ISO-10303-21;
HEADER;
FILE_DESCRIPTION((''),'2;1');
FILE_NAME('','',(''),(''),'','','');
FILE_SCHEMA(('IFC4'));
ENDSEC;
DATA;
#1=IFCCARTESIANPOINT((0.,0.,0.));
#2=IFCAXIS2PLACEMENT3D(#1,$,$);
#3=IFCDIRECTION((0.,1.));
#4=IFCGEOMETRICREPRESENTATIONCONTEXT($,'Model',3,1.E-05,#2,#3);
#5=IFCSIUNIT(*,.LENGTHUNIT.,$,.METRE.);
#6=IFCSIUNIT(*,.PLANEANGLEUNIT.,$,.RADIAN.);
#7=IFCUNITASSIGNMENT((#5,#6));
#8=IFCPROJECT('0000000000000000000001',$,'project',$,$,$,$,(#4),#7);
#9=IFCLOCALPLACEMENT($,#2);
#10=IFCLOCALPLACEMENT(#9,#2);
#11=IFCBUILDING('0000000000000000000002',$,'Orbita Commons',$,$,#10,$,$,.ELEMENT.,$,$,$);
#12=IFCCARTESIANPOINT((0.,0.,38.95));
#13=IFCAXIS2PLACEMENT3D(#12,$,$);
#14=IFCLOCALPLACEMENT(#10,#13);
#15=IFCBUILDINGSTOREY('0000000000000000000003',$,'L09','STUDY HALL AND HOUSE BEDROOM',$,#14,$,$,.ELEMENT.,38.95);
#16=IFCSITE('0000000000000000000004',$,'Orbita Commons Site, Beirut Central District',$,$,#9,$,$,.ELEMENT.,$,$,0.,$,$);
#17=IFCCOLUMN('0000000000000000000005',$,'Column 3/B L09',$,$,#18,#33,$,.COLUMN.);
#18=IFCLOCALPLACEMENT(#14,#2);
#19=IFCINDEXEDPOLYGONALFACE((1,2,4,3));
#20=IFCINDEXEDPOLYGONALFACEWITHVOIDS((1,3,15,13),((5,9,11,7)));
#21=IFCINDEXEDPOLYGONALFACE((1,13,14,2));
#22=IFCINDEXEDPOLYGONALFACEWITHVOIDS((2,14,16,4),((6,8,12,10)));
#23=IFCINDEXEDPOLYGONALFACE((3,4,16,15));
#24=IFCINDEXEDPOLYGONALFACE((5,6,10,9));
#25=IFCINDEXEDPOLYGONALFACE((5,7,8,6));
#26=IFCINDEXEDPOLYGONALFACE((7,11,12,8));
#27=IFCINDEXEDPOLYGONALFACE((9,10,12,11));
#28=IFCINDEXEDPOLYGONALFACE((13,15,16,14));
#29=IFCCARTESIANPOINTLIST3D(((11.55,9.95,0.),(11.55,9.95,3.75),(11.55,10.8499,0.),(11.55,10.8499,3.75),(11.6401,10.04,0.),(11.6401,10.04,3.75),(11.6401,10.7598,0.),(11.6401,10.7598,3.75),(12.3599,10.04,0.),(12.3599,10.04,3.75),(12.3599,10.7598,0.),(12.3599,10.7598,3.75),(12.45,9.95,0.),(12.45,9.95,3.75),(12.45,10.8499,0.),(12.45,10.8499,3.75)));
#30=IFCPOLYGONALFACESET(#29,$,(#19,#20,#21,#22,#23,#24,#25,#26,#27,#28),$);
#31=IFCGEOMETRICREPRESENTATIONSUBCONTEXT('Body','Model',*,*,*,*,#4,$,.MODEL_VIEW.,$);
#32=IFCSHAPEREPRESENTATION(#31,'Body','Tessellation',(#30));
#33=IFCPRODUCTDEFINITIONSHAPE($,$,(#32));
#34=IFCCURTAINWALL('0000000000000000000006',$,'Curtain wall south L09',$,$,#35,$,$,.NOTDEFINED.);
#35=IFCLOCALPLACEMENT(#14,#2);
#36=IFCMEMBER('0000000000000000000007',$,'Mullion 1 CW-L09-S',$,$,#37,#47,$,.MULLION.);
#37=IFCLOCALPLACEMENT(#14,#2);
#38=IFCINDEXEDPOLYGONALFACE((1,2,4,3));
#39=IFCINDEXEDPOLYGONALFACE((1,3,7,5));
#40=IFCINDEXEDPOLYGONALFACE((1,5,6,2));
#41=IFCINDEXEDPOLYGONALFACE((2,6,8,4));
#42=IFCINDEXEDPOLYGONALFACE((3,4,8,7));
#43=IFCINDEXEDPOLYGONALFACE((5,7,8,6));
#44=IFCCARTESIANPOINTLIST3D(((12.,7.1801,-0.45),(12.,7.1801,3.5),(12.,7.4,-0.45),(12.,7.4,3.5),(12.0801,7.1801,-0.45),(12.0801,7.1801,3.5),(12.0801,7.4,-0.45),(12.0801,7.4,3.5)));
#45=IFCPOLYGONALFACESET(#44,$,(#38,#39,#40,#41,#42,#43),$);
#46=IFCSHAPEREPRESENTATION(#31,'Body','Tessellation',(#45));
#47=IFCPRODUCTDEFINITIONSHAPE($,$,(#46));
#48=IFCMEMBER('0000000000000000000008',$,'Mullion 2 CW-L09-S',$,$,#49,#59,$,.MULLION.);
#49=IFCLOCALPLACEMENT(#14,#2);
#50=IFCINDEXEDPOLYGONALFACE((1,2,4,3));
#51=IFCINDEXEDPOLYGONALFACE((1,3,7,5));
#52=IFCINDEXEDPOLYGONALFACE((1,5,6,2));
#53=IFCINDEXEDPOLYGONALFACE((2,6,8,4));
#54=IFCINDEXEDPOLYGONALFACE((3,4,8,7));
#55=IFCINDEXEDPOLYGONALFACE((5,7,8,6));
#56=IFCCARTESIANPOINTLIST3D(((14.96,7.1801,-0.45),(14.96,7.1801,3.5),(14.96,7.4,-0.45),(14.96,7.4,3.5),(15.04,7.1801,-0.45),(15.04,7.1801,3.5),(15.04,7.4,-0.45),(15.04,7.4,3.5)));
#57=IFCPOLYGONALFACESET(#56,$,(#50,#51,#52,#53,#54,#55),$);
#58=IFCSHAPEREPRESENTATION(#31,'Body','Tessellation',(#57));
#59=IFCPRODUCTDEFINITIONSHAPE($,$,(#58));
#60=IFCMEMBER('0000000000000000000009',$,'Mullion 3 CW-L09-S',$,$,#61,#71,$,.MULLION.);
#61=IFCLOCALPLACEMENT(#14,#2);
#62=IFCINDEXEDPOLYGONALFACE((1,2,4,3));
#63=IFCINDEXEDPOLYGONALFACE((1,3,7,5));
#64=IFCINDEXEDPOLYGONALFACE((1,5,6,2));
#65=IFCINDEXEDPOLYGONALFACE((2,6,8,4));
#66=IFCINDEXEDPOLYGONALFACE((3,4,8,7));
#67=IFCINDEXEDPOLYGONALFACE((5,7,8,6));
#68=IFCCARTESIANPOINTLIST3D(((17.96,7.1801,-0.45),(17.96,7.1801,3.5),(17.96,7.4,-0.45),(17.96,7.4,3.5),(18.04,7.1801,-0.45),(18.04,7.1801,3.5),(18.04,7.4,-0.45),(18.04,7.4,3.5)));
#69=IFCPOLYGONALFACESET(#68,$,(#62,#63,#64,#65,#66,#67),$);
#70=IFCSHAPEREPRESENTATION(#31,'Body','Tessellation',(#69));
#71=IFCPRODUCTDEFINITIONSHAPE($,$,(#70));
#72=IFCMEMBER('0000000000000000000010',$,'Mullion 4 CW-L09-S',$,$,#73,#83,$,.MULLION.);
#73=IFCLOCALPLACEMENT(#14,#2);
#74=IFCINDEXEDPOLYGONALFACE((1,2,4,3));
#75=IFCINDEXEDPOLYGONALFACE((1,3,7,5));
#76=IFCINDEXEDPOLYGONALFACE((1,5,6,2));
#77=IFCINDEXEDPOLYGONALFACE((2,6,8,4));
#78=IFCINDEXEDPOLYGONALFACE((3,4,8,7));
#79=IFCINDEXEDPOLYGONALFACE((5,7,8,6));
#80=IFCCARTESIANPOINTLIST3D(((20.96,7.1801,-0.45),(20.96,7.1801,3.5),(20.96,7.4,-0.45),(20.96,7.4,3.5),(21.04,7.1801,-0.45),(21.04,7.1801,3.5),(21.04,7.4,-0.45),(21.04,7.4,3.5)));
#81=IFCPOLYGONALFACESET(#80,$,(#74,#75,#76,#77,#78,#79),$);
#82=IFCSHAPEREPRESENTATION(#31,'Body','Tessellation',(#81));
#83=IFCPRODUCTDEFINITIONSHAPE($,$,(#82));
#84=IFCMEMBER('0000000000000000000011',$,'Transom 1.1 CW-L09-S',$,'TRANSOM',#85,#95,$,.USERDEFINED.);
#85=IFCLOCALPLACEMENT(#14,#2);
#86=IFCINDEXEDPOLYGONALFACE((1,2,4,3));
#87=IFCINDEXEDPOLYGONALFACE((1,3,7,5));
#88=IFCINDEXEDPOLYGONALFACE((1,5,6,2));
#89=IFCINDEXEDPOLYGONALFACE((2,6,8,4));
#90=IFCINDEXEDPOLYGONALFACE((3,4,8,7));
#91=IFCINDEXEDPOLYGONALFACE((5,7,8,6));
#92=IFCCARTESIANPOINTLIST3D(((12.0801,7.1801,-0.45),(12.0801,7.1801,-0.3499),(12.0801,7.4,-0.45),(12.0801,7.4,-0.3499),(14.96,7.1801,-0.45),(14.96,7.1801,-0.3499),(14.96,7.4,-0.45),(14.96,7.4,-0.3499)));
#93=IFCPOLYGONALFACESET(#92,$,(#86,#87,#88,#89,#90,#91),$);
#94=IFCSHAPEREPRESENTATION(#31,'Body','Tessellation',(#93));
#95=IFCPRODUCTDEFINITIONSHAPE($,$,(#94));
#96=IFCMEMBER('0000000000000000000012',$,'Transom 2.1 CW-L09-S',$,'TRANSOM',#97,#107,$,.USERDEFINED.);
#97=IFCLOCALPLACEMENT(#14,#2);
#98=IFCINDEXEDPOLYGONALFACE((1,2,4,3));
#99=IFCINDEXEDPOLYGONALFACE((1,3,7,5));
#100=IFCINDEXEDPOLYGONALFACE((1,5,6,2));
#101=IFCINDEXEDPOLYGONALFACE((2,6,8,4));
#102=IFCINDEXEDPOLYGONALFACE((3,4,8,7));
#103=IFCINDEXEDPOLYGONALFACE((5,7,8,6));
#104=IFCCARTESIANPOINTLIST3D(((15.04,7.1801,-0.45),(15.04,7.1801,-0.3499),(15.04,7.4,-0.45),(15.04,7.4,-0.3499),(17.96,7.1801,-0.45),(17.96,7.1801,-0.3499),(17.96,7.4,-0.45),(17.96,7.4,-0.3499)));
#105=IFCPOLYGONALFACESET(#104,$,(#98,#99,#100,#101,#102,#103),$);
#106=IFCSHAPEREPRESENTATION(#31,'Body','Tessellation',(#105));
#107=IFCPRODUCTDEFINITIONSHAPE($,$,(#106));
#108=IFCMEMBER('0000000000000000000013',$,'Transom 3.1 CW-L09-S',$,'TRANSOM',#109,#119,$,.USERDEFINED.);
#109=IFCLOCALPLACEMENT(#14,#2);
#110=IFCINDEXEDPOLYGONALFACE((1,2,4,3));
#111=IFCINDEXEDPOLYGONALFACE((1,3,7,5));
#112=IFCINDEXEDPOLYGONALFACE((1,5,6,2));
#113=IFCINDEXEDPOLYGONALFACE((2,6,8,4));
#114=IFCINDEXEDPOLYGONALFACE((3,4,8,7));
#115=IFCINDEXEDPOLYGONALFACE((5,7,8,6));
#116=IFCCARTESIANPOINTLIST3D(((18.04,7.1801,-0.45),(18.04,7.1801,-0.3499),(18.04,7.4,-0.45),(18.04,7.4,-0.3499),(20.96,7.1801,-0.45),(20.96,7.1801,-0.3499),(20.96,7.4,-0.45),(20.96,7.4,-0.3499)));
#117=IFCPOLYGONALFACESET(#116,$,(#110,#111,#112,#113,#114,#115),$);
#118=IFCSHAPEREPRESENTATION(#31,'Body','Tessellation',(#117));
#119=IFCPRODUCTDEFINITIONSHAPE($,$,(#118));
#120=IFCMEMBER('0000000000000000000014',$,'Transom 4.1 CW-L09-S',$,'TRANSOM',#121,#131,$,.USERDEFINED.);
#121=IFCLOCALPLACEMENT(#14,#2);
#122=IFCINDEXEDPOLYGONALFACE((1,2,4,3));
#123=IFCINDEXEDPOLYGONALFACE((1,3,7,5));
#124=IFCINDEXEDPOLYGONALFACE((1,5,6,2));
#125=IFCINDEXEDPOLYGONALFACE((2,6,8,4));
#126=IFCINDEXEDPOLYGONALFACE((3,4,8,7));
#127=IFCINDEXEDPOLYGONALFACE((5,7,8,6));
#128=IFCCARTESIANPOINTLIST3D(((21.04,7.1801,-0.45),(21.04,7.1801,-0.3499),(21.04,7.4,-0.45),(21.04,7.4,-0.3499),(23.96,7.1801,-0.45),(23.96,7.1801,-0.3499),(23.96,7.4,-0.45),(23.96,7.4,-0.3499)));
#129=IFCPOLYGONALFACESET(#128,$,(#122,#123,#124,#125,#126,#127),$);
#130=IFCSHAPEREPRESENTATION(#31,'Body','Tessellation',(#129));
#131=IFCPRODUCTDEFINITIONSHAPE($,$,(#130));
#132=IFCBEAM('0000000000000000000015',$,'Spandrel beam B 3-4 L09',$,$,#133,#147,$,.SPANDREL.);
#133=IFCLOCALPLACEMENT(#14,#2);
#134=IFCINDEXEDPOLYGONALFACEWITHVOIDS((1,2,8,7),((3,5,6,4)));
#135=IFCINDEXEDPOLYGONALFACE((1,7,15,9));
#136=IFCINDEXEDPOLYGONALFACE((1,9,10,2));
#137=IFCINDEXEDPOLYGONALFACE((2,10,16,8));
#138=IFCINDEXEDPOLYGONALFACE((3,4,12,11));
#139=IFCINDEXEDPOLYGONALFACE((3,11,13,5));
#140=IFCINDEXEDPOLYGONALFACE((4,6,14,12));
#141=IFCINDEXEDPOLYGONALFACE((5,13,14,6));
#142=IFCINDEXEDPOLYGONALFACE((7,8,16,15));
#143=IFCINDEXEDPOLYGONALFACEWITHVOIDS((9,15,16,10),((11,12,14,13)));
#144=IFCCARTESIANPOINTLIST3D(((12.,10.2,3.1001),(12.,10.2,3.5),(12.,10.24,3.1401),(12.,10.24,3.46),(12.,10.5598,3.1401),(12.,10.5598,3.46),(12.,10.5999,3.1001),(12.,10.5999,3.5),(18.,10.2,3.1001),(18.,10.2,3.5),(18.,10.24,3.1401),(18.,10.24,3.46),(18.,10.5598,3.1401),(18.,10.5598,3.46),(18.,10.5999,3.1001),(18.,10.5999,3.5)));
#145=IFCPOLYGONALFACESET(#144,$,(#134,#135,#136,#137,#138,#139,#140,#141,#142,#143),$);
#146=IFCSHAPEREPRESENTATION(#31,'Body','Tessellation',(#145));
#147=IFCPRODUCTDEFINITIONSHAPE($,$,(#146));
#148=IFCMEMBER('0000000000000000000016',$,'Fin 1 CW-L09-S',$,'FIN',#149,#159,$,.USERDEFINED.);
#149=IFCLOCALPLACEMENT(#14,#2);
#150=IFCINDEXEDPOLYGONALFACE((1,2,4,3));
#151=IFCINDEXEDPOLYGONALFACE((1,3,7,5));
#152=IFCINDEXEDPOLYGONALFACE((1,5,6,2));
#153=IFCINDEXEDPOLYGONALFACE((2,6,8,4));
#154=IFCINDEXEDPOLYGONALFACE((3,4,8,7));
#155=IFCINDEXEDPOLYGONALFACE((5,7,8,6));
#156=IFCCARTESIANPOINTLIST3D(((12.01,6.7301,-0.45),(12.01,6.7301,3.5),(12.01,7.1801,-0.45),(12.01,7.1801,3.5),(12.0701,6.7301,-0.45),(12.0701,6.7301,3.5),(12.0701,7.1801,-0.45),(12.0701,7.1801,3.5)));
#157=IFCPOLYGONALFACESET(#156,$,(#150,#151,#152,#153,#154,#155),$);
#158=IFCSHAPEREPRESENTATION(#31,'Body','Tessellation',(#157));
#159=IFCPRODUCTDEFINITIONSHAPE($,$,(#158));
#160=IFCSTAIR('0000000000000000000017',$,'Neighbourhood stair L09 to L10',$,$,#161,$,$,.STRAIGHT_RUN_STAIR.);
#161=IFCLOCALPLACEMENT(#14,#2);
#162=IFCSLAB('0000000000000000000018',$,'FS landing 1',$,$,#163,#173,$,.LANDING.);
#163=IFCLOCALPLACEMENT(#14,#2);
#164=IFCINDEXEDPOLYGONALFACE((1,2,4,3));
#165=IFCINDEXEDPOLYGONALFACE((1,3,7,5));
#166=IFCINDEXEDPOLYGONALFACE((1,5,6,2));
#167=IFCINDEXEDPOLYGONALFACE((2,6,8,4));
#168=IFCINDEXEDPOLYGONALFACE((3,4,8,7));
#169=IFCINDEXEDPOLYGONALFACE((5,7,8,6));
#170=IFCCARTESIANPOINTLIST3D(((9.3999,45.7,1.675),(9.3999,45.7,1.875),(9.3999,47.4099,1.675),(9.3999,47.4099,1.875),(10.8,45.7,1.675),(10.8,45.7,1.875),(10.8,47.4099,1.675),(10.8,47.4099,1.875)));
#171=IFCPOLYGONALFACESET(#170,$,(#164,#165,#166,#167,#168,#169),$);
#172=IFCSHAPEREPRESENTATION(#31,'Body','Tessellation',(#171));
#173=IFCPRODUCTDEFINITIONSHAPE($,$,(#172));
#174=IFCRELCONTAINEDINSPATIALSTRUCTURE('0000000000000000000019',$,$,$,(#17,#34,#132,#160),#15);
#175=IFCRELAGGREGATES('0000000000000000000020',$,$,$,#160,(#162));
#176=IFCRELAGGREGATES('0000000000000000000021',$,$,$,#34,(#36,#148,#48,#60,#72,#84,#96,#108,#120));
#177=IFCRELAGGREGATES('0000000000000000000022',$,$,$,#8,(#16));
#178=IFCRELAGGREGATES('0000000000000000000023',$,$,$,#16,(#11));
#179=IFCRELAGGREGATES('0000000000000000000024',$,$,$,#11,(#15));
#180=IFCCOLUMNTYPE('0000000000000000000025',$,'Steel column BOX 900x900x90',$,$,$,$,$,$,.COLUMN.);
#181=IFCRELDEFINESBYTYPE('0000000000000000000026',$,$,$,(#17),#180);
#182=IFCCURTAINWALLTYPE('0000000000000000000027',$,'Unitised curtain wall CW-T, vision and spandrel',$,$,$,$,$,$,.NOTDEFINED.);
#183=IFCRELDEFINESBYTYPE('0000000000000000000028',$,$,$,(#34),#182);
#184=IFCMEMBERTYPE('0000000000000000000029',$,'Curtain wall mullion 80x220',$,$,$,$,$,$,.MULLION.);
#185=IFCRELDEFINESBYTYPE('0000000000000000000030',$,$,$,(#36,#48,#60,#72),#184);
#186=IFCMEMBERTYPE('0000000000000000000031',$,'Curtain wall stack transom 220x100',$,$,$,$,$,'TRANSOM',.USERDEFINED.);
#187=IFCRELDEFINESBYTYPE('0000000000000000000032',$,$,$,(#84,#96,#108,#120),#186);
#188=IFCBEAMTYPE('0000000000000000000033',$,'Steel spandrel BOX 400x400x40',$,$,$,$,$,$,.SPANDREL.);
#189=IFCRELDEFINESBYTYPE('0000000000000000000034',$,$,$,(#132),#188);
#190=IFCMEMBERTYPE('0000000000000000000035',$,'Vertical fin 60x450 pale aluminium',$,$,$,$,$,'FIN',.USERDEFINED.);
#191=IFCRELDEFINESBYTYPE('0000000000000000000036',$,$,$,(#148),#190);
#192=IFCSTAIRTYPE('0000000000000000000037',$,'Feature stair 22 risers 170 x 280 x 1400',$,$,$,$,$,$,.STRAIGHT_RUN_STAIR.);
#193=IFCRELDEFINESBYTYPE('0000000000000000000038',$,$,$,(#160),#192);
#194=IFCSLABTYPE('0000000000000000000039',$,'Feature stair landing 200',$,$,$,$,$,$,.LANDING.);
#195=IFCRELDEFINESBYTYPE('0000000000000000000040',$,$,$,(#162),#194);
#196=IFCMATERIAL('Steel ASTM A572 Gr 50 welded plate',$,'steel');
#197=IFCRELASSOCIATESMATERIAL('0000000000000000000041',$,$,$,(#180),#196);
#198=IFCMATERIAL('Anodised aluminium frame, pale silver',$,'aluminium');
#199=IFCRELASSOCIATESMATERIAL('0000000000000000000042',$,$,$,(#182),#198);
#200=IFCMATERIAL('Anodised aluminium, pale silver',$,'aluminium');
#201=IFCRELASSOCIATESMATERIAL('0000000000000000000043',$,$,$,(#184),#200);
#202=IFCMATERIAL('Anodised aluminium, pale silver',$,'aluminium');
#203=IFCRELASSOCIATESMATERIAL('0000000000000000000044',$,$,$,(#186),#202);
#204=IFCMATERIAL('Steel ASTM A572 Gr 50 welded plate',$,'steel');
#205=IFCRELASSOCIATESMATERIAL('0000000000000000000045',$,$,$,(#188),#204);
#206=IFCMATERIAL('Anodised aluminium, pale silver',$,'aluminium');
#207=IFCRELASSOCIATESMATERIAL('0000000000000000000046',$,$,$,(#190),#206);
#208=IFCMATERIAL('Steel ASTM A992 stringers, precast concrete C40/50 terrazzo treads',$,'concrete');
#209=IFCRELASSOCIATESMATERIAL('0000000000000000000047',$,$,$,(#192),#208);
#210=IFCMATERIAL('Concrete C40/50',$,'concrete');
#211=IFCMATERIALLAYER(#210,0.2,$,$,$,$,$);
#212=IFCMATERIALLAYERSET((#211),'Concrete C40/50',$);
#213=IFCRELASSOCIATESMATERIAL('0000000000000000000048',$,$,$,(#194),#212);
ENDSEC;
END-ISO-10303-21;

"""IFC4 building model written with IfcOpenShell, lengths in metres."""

from ifc_helpers import new_model, si_unit, direction, frame, origin, origin_2d, place, context, subcontext, project, spatial, polyline, rectangle, hollow_rectangle, outline, extrude, material, layer, layer_set, material_profile, profile_set, type_object, element, aggregate, save


model = new_model("IFC4")

# Units and contexts
model_context = context("Model", 3, precision=1e-05, world=origin(), true_north=direction((0.0, 1.0)))
body_context = subcontext(model_context, "Body", "Model", "MODEL_VIEW")
ifc_project = project(units=[si_unit("LENGTHUNIT", "METRE"), si_unit("PLANEANGLEUNIT", "RADIAN")], contexts=[model_context])

# Site, building, storey
site_placement = place(None, origin())
site = spatial("IfcSite", under=ifc_project, at=site_placement, Name="Orbita Commons Site, Beirut Central District", CompositionType="ELEMENT", RefElevation=0.0)
building_placement = place(site_placement, origin())
building = spatial("IfcBuilding", under=site, at=building_placement, Name="Orbita Commons", CompositionType="ELEMENT")
storey_placement = place(building_placement, frame((0.0, 0.0, 38.95)))
storey = spatial("IfcBuildingStorey", under=building, at=storey_placement, Name="L09", Description="STUDY HALL AND HOUSE BEDROOM", CompositionType="ELEMENT", Elevation=38.95)

# Column
ifc_material_1 = material(Name="Steel ASTM A572 Gr 50 welded plate", Category="steel")
ifc_material_profile_1 = material_profile(ifc_material_1, hollow_rectangle(XDim=0.8999, YDim=0.8999, WallThickness=0.0901, at=origin_2d()), Name="BOX 900x900x90")
ifc_profile_set_1 = profile_set([ifc_material_profile_1], Name="Steel ASTM A572 Gr 50 welded plate")
column_type = type_object("IfcColumnType", Name="Steel column BOX 900x900x90", PredefinedType="COLUMN", material=ifc_profile_set_1)
column_placement = place(storey_placement, frame((12.0, 10.3999, 0.0), z_axis=(0.0, 0.0, 1.0), x_axis=(1.0, 0.0, 0.0)))
element("IfcColumn", 1, at=column_placement, inside=storey, type_object=column_type, Name="Column 3/B L09", PredefinedType="COLUMN", context=body_context, shape_type="SweptSolid", body=[
    extrude(hollow_rectangle(XDim=0.8999, YDim=0.8999, WallThickness=0.0901, at=origin_2d()), origin(), (0.0, 0.0, 1.0), 3.75),
])

# Curtain wall, members
ifc_material_2 = material(Name="Anodised aluminium frame, pale silver", Category="aluminium")
curtain_wall_type = type_object("IfcCurtainWallType", Name="Unitised curtain wall CW-T, vision and spandrel", PredefinedType="NOTDEFINED", material=ifc_material_2)
curtain_wall_placement = place(storey_placement, origin())
curtain_wall = element("IfcCurtainWall", 2, at=curtain_wall_placement, inside=storey, type_object=curtain_wall_type, Name="Curtain wall south L09", PredefinedType="NOTDEFINED")
ifc_material_3 = material(Name="Anodised aluminium, pale silver", Category="aluminium")
ifc_material_profile_2 = material_profile(ifc_material_3, rectangle(XDim=0.0801, YDim=0.22, at=origin_2d()), Name="AL 80x220")
ifc_profile_set_2 = profile_set([ifc_material_profile_2], Name="Anodised aluminium, pale silver")
member_type_1 = type_object("IfcMemberType", Name="Curtain wall mullion 80x220", PredefinedType="MULLION", material=ifc_profile_set_2)
member_1_placement = place(storey_placement, frame((12.04, 7.29, -0.45), z_axis=(0.0, 0.0, 1.0), x_axis=(1.0, 0.0, 0.0)))
member_1 = element("IfcMember", 3, at=member_1_placement, type_object=member_type_1, Name="Mullion 1 CW-L09-S", PredefinedType="MULLION", context=body_context, shape_type="SweptSolid", body=[
    extrude(rectangle(XDim=0.0801, YDim=0.22, at=origin_2d()), origin(), (0.0, 0.0, 1.0), 3.95),
])
member_2_placement = place(storey_placement, frame((15.0, 7.29, -0.45), z_axis=(0.0, 0.0, 1.0), x_axis=(1.0, 0.0, 0.0)))
member_2 = element("IfcMember", 4, at=member_2_placement, type_object=member_type_1, Name="Mullion 2 CW-L09-S", PredefinedType="MULLION", context=body_context, shape_type="SweptSolid", body=[
    extrude(rectangle(XDim=0.0801, YDim=0.22, at=origin_2d()), origin(), (0.0, 0.0, 1.0), 3.95),
])
member_3_placement = place(storey_placement, frame((18.0, 7.29, -0.45), z_axis=(0.0, 0.0, 1.0), x_axis=(1.0, 0.0, 0.0)))
member_3 = element("IfcMember", 5, at=member_3_placement, type_object=member_type_1, Name="Mullion 3 CW-L09-S", PredefinedType="MULLION", context=body_context, shape_type="SweptSolid", body=[
    extrude(rectangle(XDim=0.0801, YDim=0.22, at=origin_2d()), origin(), (0.0, 0.0, 1.0), 3.95),
])
member_4_placement = place(storey_placement, frame((21.0, 7.29, -0.45), z_axis=(0.0, 0.0, 1.0), x_axis=(1.0, 0.0, 0.0)))
member_4 = element("IfcMember", 6, at=member_4_placement, type_object=member_type_1, Name="Mullion 4 CW-L09-S", PredefinedType="MULLION", context=body_context, shape_type="SweptSolid", body=[
    extrude(rectangle(XDim=0.0801, YDim=0.22, at=origin_2d()), origin(), (0.0, 0.0, 1.0), 3.95),
])
ifc_material_4 = material(Name="Anodised aluminium, pale silver", Category="aluminium")
ifc_material_profile_3 = material_profile(ifc_material_4, rectangle(XDim=0.22, YDim=0.1001, at=origin_2d()), Name="AL 220x100")
ifc_profile_set_3 = profile_set([ifc_material_profile_3], Name="Anodised aluminium, pale silver")
member_type_2 = type_object("IfcMemberType", Name="Curtain wall stack transom 220x100", ElementType="TRANSOM", PredefinedType="USERDEFINED", material=ifc_profile_set_3)
member_5_placement = place(storey_placement, frame((12.0801, 7.29, -0.3999), z_axis=(1.0, 0.0, 0.0), x_axis=(0.0, 1.0, 0.0)))
member_5 = element("IfcMember", 7, at=member_5_placement, type_object=member_type_2, Name="Transom 1.1 CW-L09-S", ObjectType="TRANSOM", PredefinedType="USERDEFINED", context=body_context, shape_type="SweptSolid", body=[
    extrude(rectangle(XDim=0.22, YDim=0.1001, at=origin_2d()), origin(), (0.0, 0.0, 1.0), 2.8799),
])
member_6_placement = place(storey_placement, frame((15.04, 7.29, -0.3999), z_axis=(1.0, 0.0, 0.0), x_axis=(0.0, 1.0, 0.0)))
member_6 = element("IfcMember", 8, at=member_6_placement, type_object=member_type_2, Name="Transom 2.1 CW-L09-S", ObjectType="TRANSOM", PredefinedType="USERDEFINED", context=body_context, shape_type="SweptSolid", body=[
    extrude(rectangle(XDim=0.22, YDim=0.1001, at=origin_2d()), origin(), (0.0, 0.0, 1.0), 2.9199),
])
member_7_placement = place(storey_placement, frame((18.04, 7.29, -0.3999), z_axis=(1.0, 0.0, 0.0), x_axis=(0.0, 1.0, 0.0)))
member_7 = element("IfcMember", 9, at=member_7_placement, type_object=member_type_2, Name="Transom 3.1 CW-L09-S", ObjectType="TRANSOM", PredefinedType="USERDEFINED", context=body_context, shape_type="SweptSolid", body=[
    extrude(rectangle(XDim=0.22, YDim=0.1001, at=origin_2d()), origin(), (0.0, 0.0, 1.0), 2.9199),
])
member_8_placement = place(storey_placement, frame((21.04, 7.29, -0.3999), z_axis=(1.0, 0.0, 0.0), x_axis=(0.0, 1.0, 0.0)))
member_8 = element("IfcMember", 10, at=member_8_placement, type_object=member_type_2, Name="Transom 4.1 CW-L09-S", ObjectType="TRANSOM", PredefinedType="USERDEFINED", context=body_context, shape_type="SweptSolid", body=[
    extrude(rectangle(XDim=0.22, YDim=0.1001, at=origin_2d()), origin(), (0.0, 0.0, 1.0), 2.9199),
])

# Beam
ifc_material_5 = material(Name="Steel ASTM A572 Gr 50 welded plate", Category="steel")
ifc_material_profile_4 = material_profile(ifc_material_5, hollow_rectangle(XDim=0.3999, YDim=0.3999, WallThickness=0.04, at=origin_2d()), Name="BOX 400x400x40")
ifc_profile_set_4 = profile_set([ifc_material_profile_4], Name="Steel ASTM A572 Gr 50 welded plate")
beam_type = type_object("IfcBeamType", Name="Steel spandrel BOX 400x400x40", PredefinedType="SPANDREL", material=ifc_profile_set_4)
beam_placement = place(storey_placement, frame((12.0, 10.3999, 3.3), z_axis=(1.0, 0.0, 0.0), x_axis=(0.0, 1.0, 0.0)))
element("IfcBeam", 11, at=beam_placement, inside=storey, type_object=beam_type, Name="Spandrel beam B 3-4 L09", PredefinedType="SPANDREL", context=body_context, shape_type="SweptSolid", body=[
    extrude(hollow_rectangle(XDim=0.3999, YDim=0.3999, WallThickness=0.04, at=origin_2d()), origin(), (0.0, 0.0, 1.0), 6.0),
])

# Member
ifc_material_6 = material(Name="Anodised aluminium, pale silver", Category="aluminium")
ifc_material_profile_5 = material_profile(ifc_material_6, rectangle(XDim=0.0601, YDim=0.45, at=origin_2d()), Name="FIN 60x450")
ifc_profile_set_5 = profile_set([ifc_material_profile_5], Name="Anodised aluminium, pale silver")
member_type_3 = type_object("IfcMemberType", Name="Vertical fin 60x450 pale aluminium", ElementType="FIN", PredefinedType="USERDEFINED", material=ifc_profile_set_5)
member_9_placement = place(storey_placement, frame((12.04, 6.9551, -0.45), z_axis=(0.0, 0.0, 1.0), x_axis=(1.0, 0.0, 0.0)))
member_9 = element("IfcMember", 12, at=member_9_placement, type_object=member_type_3, Name="Fin 1 CW-L09-S", ObjectType="FIN", PredefinedType="USERDEFINED", context=body_context, shape_type="SweptSolid", body=[
    extrude(rectangle(XDim=0.0601, YDim=0.45, at=origin_2d()), origin(), (0.0, 0.0, 1.0), 3.95),
])

# Stair, slab
ifc_material_7 = material(Name="Steel ASTM A992 stringers, precast concrete C40/50 terrazzo treads", Category="concrete")
stair_type_1 = type_object("IfcStairType", Name="Feature stair 22 risers 170 x 280 x 1400", PredefinedType="STRAIGHT_RUN_STAIR", material=ifc_material_7)
stair_1_placement = place(storey_placement, origin())
stair_1 = element("IfcStair", 13, at=stair_1_placement, inside=storey, type_object=stair_type_1, Name="Neighbourhood stair L09 to L10", PredefinedType="STRAIGHT_RUN_STAIR")
ifc_material_8 = material(Name="Concrete C40/50", Category="concrete")
ifc_layer_1 = layer(ifc_material_8, 0.2)
ifc_layer_set_1 = layer_set([ifc_layer_1], Name="Concrete C40/50")
slab_type_1 = type_object("IfcSlabType", Name="Feature stair landing 200", PredefinedType="LANDING", material=ifc_layer_set_1)
slab_1_placement = place(storey_placement, frame((0.0, 0.0, 1.675)))
slab_1 = element("IfcSlab", 14, at=slab_1_placement, type_object=slab_type_1, Name="FS landing 1", PredefinedType="LANDING", context=body_context, shape_type="SweptSolid", body=[
    extrude(outline(polyline([(9.3999, 45.7), (10.8, 45.7), (10.8, 47.4099), (9.3999, 47.4099), (9.3999, 45.7)])), origin(), (0.0, 0.0, 1.0), 0.2),
])
aggregate(stair_1, [slab_1])

aggregate(curtain_wall, [member_1, member_9, member_2, member_3, member_4, member_5, member_6, member_7, member_8])

save(model, "model.ifc")
